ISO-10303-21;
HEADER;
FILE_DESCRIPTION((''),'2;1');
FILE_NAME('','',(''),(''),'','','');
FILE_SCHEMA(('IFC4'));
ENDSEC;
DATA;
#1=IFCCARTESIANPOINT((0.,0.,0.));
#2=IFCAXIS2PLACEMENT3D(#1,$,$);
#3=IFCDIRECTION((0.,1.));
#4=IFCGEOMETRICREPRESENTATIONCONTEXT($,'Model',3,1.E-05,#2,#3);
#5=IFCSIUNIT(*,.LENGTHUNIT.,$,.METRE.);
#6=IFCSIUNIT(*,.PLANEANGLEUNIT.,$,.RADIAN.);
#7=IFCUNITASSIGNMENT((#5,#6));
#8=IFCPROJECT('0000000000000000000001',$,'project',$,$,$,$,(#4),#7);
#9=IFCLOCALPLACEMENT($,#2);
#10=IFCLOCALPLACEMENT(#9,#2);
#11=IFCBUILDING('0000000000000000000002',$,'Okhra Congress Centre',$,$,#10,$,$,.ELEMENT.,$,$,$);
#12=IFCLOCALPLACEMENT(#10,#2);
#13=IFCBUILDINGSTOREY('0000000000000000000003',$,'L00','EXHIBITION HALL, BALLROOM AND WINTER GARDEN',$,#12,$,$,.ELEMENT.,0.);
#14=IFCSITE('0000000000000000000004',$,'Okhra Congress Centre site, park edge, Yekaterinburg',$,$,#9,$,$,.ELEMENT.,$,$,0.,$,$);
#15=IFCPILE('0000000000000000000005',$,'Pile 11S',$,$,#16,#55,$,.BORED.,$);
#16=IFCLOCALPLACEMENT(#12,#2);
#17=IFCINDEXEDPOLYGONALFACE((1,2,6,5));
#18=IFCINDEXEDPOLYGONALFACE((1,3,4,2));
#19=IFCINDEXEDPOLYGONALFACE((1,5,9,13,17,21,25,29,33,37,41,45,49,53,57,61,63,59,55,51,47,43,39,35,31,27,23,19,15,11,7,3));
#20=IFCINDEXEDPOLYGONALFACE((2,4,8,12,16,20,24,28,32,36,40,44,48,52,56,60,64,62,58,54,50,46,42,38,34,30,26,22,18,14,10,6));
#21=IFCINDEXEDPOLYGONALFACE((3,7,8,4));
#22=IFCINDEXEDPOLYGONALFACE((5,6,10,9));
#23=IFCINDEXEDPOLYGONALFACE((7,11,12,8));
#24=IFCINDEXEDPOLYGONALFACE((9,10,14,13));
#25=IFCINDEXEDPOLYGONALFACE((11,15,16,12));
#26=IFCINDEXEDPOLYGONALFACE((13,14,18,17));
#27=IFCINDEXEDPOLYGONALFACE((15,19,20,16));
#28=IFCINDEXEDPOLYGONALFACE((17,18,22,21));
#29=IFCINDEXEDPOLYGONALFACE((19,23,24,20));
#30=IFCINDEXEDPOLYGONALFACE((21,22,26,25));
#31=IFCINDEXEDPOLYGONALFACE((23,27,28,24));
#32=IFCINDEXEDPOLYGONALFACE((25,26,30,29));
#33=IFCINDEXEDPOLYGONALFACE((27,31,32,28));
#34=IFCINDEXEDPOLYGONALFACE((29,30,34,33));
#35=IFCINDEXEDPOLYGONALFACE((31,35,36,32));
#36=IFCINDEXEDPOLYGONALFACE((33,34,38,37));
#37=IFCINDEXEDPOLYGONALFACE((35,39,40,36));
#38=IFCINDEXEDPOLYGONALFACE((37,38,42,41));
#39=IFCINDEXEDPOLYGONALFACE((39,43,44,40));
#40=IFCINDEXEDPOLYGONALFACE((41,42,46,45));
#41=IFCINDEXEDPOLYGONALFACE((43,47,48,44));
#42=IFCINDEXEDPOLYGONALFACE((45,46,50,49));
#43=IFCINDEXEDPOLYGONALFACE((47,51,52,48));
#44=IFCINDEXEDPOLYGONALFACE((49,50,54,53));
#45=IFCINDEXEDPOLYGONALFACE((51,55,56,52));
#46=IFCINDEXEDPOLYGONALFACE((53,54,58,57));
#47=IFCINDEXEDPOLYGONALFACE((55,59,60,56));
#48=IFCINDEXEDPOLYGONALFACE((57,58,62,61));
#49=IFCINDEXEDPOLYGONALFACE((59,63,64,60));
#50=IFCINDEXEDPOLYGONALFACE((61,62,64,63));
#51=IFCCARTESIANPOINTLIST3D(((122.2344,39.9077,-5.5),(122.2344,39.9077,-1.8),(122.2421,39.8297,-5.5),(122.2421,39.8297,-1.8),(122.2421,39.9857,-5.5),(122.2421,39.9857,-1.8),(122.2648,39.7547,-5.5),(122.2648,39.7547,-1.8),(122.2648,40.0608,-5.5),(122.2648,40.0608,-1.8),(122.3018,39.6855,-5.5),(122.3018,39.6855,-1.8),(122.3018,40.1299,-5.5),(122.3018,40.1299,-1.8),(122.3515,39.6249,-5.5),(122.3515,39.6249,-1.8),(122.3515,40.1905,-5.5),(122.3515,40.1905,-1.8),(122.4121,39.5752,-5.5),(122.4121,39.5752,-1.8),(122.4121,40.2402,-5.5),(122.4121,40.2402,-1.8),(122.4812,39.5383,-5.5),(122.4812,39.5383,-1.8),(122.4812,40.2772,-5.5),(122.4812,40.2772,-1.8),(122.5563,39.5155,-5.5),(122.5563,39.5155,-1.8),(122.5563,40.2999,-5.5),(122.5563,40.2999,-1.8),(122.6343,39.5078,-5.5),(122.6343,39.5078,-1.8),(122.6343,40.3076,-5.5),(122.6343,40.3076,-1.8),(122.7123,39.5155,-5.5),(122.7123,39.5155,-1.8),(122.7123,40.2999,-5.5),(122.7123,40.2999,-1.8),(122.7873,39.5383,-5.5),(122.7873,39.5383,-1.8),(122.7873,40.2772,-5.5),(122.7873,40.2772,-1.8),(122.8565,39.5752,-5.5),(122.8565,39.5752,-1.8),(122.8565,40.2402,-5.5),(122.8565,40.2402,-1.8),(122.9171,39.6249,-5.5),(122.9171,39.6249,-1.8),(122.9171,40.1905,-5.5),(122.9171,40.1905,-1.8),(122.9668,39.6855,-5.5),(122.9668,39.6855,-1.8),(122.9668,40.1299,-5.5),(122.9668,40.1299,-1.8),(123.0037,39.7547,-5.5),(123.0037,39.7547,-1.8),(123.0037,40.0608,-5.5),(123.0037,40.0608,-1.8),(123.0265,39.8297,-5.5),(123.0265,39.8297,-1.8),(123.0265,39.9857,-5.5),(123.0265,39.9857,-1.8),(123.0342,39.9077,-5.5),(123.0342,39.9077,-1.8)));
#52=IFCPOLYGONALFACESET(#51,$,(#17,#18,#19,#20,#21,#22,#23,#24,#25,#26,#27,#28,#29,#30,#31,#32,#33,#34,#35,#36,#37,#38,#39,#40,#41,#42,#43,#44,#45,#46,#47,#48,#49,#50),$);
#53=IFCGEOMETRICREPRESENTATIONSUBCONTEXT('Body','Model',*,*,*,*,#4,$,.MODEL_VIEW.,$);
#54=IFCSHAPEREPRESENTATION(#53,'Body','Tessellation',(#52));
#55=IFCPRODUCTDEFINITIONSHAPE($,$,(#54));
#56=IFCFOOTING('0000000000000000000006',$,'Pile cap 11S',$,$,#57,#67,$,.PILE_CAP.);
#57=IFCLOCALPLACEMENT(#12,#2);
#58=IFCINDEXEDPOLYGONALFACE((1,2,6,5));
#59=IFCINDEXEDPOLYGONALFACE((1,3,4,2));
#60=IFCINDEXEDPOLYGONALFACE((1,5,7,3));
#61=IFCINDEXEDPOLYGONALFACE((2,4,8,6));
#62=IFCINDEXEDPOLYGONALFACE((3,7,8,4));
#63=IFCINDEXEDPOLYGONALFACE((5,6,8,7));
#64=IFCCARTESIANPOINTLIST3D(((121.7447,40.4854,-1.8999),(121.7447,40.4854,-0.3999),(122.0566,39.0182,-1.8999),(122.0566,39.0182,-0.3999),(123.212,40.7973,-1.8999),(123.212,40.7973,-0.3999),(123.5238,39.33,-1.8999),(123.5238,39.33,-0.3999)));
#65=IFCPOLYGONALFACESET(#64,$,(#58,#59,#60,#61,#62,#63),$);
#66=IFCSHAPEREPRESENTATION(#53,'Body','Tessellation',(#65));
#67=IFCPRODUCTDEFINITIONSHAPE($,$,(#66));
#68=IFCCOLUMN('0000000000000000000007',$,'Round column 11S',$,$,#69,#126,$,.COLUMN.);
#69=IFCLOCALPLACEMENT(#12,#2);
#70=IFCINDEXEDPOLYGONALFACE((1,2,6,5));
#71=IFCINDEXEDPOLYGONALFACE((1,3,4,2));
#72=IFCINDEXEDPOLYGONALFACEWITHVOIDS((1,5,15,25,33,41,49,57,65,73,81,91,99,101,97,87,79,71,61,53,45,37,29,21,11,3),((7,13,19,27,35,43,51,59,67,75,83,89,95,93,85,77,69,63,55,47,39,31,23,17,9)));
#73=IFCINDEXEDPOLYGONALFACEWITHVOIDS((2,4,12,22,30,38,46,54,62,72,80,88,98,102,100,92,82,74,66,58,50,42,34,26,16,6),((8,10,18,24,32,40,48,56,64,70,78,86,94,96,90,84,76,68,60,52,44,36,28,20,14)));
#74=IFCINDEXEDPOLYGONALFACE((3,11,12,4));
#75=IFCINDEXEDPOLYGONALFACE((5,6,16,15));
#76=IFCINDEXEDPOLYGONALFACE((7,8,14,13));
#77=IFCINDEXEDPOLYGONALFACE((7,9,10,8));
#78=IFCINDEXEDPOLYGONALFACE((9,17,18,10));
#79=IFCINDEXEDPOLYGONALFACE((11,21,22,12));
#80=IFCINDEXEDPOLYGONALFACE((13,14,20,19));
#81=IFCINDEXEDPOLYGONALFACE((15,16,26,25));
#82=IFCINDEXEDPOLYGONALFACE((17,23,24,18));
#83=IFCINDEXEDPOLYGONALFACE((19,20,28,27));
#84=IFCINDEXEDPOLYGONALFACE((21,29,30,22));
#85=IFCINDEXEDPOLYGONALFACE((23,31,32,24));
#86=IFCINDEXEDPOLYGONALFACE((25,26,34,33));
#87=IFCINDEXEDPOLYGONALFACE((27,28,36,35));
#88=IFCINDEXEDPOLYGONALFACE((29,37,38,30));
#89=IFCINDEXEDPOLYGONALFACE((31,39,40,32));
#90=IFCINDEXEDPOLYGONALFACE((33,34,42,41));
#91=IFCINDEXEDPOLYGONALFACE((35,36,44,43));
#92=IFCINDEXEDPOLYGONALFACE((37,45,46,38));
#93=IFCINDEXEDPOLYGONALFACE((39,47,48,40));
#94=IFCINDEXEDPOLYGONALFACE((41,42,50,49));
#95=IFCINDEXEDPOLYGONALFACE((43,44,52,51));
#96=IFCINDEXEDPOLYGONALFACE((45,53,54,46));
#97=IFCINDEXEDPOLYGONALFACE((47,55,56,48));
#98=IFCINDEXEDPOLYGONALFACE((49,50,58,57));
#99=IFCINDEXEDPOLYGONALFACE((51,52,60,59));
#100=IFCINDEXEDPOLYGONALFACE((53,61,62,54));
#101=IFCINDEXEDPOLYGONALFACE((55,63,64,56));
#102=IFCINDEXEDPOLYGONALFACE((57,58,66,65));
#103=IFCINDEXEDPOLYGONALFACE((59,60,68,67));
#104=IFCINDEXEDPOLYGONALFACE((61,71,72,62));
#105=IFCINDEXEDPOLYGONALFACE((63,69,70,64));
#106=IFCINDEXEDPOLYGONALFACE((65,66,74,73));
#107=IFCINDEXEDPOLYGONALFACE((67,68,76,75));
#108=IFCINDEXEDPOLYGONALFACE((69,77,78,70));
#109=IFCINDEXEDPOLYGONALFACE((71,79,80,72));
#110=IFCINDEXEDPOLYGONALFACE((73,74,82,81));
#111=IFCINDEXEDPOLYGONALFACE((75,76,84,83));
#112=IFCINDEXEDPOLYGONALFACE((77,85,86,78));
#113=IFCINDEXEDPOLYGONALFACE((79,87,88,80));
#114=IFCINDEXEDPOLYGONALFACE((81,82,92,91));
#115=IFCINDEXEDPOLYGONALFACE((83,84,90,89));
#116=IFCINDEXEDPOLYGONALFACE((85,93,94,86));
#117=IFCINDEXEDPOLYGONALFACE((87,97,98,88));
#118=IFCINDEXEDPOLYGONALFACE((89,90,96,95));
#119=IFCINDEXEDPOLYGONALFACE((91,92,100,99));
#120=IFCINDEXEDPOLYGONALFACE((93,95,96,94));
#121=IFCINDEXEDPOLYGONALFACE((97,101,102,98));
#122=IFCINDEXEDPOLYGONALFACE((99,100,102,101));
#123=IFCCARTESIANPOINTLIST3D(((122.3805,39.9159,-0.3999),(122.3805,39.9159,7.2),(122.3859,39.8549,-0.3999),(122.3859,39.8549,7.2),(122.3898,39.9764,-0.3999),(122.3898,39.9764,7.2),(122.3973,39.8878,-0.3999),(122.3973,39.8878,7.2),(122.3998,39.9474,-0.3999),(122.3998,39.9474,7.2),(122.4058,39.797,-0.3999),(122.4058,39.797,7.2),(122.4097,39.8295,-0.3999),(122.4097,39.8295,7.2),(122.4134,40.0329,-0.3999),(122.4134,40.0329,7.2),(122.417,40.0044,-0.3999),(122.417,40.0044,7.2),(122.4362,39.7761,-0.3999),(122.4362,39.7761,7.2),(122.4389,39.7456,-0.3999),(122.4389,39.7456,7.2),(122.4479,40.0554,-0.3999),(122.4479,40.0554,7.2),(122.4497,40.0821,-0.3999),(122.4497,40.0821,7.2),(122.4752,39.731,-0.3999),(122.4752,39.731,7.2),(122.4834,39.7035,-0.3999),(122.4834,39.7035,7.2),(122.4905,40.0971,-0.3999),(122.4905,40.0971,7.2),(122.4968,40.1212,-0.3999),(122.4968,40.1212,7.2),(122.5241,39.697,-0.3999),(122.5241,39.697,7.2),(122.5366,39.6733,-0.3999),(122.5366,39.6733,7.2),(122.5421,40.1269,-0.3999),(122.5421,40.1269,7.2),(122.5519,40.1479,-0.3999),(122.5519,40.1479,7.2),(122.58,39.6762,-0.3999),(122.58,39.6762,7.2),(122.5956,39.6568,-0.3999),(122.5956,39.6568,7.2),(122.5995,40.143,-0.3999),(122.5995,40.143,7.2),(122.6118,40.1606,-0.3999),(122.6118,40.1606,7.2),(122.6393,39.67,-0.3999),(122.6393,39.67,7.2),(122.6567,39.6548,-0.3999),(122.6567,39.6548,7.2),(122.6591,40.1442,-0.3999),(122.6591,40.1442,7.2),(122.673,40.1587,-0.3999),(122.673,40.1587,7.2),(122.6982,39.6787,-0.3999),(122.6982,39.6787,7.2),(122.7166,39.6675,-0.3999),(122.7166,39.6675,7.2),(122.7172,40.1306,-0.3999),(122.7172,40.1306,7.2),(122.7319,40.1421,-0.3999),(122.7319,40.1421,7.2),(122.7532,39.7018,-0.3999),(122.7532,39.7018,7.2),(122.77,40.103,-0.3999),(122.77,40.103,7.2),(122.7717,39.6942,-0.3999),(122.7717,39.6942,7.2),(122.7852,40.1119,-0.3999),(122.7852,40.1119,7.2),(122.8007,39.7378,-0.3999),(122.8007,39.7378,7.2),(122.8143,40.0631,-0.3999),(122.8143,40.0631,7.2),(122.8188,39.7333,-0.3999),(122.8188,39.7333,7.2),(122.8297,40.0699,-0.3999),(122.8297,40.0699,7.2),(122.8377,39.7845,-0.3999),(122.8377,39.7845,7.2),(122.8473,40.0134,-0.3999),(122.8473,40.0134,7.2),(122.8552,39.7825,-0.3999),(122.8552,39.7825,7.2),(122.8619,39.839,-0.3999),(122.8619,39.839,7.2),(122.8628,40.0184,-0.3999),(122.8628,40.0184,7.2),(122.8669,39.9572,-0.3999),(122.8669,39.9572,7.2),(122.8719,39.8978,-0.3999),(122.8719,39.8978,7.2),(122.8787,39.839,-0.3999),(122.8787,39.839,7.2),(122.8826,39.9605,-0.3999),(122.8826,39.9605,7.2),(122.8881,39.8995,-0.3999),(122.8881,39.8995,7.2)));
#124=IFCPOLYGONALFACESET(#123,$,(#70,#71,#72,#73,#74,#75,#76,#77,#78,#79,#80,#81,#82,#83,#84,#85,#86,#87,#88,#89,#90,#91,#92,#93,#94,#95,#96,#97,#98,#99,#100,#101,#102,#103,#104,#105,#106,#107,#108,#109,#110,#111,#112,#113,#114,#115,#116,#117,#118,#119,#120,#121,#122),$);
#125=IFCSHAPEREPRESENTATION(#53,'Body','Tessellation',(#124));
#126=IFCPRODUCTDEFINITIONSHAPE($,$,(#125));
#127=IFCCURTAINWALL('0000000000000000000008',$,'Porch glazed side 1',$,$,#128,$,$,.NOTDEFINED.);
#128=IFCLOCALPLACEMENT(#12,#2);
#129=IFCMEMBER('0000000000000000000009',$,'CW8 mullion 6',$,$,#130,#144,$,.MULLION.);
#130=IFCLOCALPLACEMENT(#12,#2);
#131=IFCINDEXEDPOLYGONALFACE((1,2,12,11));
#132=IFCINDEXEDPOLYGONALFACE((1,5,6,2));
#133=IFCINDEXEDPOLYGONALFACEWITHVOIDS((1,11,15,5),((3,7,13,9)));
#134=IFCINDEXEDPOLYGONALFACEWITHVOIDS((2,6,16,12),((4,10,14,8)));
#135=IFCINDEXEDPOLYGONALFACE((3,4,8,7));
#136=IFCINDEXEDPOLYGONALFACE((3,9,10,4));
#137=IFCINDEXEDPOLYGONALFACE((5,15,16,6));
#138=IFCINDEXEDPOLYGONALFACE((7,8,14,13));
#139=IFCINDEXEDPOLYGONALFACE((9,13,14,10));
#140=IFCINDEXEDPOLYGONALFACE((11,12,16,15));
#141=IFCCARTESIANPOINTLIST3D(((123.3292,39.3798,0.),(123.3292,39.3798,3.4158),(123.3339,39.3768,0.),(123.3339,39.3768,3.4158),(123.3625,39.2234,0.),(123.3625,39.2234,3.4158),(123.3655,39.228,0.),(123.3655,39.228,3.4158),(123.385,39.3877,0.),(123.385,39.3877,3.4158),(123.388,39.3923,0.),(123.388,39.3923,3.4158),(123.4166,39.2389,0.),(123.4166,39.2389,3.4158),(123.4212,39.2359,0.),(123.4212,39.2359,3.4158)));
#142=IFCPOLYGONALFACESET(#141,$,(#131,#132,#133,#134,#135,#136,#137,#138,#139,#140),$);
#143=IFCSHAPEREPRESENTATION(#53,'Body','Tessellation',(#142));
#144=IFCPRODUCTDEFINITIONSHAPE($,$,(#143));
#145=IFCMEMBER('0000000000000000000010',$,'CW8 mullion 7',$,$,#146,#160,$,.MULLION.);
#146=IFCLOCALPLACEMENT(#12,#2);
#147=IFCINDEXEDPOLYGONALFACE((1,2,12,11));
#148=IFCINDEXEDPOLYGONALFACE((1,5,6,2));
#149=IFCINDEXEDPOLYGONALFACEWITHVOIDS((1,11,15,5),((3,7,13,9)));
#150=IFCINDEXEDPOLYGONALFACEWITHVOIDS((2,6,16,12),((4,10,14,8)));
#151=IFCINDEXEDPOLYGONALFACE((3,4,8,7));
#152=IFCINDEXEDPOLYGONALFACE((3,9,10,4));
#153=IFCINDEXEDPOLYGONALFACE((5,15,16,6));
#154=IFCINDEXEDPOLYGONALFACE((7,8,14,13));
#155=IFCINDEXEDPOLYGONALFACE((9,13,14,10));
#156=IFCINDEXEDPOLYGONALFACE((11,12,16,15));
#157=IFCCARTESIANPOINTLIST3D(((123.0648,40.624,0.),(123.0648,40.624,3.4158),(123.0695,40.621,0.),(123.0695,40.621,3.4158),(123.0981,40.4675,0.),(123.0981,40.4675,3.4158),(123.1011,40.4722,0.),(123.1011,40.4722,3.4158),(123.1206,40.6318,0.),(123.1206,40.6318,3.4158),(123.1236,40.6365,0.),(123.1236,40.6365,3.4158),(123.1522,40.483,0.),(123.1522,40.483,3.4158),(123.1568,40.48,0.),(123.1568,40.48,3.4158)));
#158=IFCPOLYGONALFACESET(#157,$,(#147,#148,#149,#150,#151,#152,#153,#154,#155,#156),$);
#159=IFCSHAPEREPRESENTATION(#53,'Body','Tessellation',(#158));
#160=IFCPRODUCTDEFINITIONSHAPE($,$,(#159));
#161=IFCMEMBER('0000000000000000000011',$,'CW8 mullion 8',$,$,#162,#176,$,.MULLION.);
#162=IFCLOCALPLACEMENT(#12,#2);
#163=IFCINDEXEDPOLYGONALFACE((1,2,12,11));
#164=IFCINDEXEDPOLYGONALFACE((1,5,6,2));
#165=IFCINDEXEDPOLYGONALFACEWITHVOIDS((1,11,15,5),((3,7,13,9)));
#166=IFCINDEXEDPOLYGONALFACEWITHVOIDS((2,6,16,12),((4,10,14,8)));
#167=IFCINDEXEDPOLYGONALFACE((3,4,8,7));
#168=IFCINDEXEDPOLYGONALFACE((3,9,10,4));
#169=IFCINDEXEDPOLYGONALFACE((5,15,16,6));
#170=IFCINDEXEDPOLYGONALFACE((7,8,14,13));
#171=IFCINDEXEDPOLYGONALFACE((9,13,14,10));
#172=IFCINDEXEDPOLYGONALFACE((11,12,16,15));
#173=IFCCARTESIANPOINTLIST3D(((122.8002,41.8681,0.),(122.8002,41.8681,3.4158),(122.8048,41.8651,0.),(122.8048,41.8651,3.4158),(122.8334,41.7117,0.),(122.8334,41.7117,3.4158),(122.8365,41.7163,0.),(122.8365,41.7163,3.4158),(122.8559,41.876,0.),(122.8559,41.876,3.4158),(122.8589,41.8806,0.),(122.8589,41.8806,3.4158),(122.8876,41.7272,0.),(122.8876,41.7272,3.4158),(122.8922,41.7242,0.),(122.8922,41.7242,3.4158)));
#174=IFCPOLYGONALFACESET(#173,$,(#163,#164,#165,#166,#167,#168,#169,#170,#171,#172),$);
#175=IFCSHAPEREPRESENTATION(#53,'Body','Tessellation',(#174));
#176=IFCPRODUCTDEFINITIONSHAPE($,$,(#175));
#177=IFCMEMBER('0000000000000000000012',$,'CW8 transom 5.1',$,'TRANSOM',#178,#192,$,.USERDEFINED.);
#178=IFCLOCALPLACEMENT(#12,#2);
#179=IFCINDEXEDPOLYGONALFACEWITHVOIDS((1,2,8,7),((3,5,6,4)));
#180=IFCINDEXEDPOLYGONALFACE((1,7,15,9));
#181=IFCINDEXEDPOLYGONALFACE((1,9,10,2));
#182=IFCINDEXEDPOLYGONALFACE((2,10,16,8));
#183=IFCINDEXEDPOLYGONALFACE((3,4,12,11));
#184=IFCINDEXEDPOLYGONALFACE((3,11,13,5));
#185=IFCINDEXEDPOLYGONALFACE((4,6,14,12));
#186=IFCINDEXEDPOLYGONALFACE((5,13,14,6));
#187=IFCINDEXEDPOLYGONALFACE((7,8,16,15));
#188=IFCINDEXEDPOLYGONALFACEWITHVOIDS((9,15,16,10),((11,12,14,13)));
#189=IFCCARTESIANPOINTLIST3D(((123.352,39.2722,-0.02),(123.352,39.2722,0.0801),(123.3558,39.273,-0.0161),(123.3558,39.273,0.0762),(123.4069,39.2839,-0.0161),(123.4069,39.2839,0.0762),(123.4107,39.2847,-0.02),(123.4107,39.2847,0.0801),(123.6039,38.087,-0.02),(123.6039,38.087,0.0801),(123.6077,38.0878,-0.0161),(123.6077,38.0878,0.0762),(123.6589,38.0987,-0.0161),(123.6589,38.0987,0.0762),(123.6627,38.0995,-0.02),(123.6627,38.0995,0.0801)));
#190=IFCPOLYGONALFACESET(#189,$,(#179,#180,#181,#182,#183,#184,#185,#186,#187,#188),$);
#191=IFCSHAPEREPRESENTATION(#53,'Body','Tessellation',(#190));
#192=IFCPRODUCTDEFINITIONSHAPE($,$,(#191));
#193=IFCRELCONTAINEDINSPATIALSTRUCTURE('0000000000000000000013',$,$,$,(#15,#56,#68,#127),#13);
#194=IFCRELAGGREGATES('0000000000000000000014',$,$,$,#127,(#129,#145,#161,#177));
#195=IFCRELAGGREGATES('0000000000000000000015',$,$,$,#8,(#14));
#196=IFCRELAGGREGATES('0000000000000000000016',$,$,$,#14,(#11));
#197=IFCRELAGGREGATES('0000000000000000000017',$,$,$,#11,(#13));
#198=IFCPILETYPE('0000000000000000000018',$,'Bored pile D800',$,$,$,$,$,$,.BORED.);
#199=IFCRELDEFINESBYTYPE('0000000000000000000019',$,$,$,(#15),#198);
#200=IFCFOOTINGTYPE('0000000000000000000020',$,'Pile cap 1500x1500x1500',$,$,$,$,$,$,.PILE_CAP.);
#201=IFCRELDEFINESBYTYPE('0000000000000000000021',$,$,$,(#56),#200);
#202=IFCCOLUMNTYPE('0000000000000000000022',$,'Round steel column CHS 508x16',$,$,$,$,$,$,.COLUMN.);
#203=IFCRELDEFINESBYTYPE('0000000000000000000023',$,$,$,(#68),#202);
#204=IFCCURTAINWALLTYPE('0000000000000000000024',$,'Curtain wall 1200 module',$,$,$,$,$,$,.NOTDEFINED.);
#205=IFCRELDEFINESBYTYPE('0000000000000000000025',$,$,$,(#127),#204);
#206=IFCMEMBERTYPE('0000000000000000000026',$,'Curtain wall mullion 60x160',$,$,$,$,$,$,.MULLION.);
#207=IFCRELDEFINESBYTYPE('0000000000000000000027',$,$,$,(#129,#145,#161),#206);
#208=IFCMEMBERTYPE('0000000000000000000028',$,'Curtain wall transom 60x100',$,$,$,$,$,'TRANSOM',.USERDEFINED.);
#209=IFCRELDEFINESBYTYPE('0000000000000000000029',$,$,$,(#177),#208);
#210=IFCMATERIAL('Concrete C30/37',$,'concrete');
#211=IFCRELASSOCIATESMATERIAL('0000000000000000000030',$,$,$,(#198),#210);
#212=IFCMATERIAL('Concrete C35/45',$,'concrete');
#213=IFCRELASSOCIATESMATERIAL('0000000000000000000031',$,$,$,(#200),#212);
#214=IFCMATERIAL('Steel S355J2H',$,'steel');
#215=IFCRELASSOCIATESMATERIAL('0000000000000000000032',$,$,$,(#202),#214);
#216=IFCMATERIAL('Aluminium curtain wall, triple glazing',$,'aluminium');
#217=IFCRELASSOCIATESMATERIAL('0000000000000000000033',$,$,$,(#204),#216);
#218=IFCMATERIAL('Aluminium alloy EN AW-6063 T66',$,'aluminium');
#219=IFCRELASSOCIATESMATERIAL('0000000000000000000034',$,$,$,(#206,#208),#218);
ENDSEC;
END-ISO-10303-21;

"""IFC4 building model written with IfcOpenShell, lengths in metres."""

from ifc_helpers import new_model, si_unit, direction, frame, origin, origin_2d, place, context, subcontext, project, spatial, rectangle, hollow_rectangle, circle, hollow_circle, extrude, material, material_profile, profile_set, type_object, element, aggregate, save


model = new_model("IFC4")

# Units and contexts
model_context = context("Model", 3, precision=1e-05, world=origin(), true_north=direction((0.0, 1.0)))
body_context = subcontext(model_context, "Body", "Model", "MODEL_VIEW")
ifc_project = project(units=[si_unit("LENGTHUNIT", "METRE"), si_unit("PLANEANGLEUNIT", "RADIAN")], contexts=[model_context])

# Site, building, storey
site_placement = place(None, origin())
site = spatial("IfcSite", under=ifc_project, at=site_placement, Name="Okhra Congress Centre site, park edge, Yekaterinburg", CompositionType="ELEMENT", RefElevation=0.0)
building_placement = place(site_placement, origin())
building = spatial("IfcBuilding", under=site, at=building_placement, Name="Okhra Congress Centre", CompositionType="ELEMENT")
storey_placement = place(building_placement, origin())
storey = spatial("IfcBuildingStorey", under=building, at=storey_placement, Name="L00", Description="EXHIBITION HALL, BALLROOM AND WINTER GARDEN", CompositionType="ELEMENT", Elevation=0.0)

# Pile
ifc_material_1 = material(Name="Concrete C30/37", Category="concrete")
ifc_material_profile_1 = material_profile(ifc_material_1, circle(Radius=0.3999, at=origin_2d()), Name="D800")
ifc_profile_set_1 = profile_set([ifc_material_profile_1], Name="Concrete C30/37")
pile_type = type_object("IfcPileType", Name="Bored pile D800", PredefinedType="BORED", material=ifc_profile_set_1)
pile_placement = place(storey_placement, frame((122.6343, 39.9077, -1.8), z_axis=(0.0, 0.0, -1.0), x_axis=(1.0, 0.0, 0.0)))
element("IfcPile", 1, at=pile_placement, inside=storey, type_object=pile_type, Name="Pile 11S", PredefinedType="BORED", context=body_context, shape_type="SweptSolid", body=[
    extrude(circle(Radius=0.3999, at=origin_2d()), origin(), (0.0, 0.0, 1.0), 3.7),
])

# Footing
ifc_material_2 = material(Name="Concrete C35/45", Category="concrete")
footing_type = type_object("IfcFootingType", Name="Pile cap 1500x1500x1500", PredefinedType="PILE_CAP", material=ifc_material_2)
footing_placement = place(storey_placement, frame((122.6343, 39.9077, -1.8999), z_axis=(0.0, 0.0, 1.0), x_axis=(0.978148, 0.207912, 0.0)))
element("IfcFooting", 2, at=footing_placement, inside=storey, type_object=footing_type, Name="Pile cap 11S", PredefinedType="PILE_CAP", context=body_context, shape_type="SweptSolid", body=[
    extrude(rectangle(XDim=1.5, YDim=1.5, at=origin_2d()), origin(), (0.0, 0.0, 1.0), 1.5),
])

# Column
ifc_material_3 = material(Name="Steel S355J2H", Category="steel")
ifc_material_profile_2 = material_profile(ifc_material_3, hollow_circle(Radius=0.2539, WallThickness=0.0161, at=origin_2d()), Name="CHS 508x16")
ifc_profile_set_2 = profile_set([ifc_material_profile_2], Name="Steel S355J2H")
column_type = type_object("IfcColumnType", Name="Round steel column CHS 508x16", PredefinedType="COLUMN", material=ifc_profile_set_2)
column_placement = place(storey_placement, frame((122.6343, 39.9077, -0.3999), z_axis=(0.0, 0.0, 1.0), x_axis=(0.978148, 0.207912, 0.0)))
element("IfcColumn", 3, at=column_placement, inside=storey, type_object=column_type, Name="Round column 11S", PredefinedType="COLUMN", context=body_context, shape_type="SweptSolid", body=[
    extrude(hollow_circle(Radius=0.2539, WallThickness=0.0161, at=origin_2d()), origin(), (0.0, 0.0, 1.0), 7.5999),
])

# Curtain wall, members
ifc_material_4 = material(Name="Aluminium curtain wall, triple glazing", Category="aluminium")
curtain_wall_type = type_object("IfcCurtainWallType", Name="Curtain wall 1200 module", PredefinedType="NOTDEFINED", material=ifc_material_4)
curtain_wall_placement = place(storey_placement, origin())
curtain_wall = element("IfcCurtainWall", 4, at=curtain_wall_placement, inside=storey, type_object=curtain_wall_type, Name="Porch glazed side 1", PredefinedType="NOTDEFINED")
ifc_material_5 = material(Name="Aluminium alloy EN AW-6063 T66", Category="aluminium")
ifc_material_profile_3 = material_profile(ifc_material_5, hollow_rectangle(XDim=0.0601, YDim=0.1599, WallThickness=0.0039, at=origin_2d()), Name="RHS 60x160x4")
ifc_profile_set_3 = profile_set([ifc_material_profile_3], Name="Aluminium alloy EN AW-6063 T66")
member_type_1 = type_object("IfcMemberType", Name="Curtain wall mullion 60x160", PredefinedType="MULLION", material=ifc_profile_set_3)
member_1_placement = place(storey_placement, frame((123.3752, 39.3079, 0.0), z_axis=(0.0, 0.0, 1.0), x_axis=(-0.978148, -0.207912, 0.0)))
member_1 = element("IfcMember", 5, at=member_1_placement, type_object=member_type_1, Name="CW8 mullion 6", PredefinedType="MULLION", context=body_context, shape_type="SweptSolid", body=[
    extrude(hollow_rectangle(XDim=0.0601, YDim=0.1599, WallThickness=0.0039, at=origin_2d()), origin(), (0.0, 0.0, 1.0), 3.4158),
])
member_2_placement = place(storey_placement, frame((123.1108, 40.552, 0.0), z_axis=(0.0, 0.0, 1.0), x_axis=(-0.978148, -0.207912, 0.0)))
member_2 = element("IfcMember", 6, at=member_2_placement, type_object=member_type_1, Name="CW8 mullion 7", PredefinedType="MULLION", context=body_context, shape_type="SweptSolid", body=[
    extrude(hollow_rectangle(XDim=0.0601, YDim=0.1599, WallThickness=0.0039, at=origin_2d()), origin(), (0.0, 0.0, 1.0), 3.4158),
])
member_3_placement = place(storey_placement, frame((122.8462, 41.7961, 0.0), z_axis=(0.0, 0.0, 1.0), x_axis=(-0.978148, -0.207912, 0.0)))
member_3 = element("IfcMember", 7, at=member_3_placement, type_object=member_type_1, Name="CW8 mullion 8", PredefinedType="MULLION", context=body_context, shape_type="SweptSolid", body=[
    extrude(hollow_rectangle(XDim=0.0601, YDim=0.1599, WallThickness=0.0039, at=origin_2d()), origin(), (0.0, 0.0, 1.0), 3.4158),
])
ifc_material_profile_4 = material_profile(ifc_material_5, hollow_rectangle(XDim=0.0601, YDim=0.1001, WallThickness=0.0039, at=origin_2d()), Name="RHS 60x100x4")
ifc_profile_set_4 = profile_set([ifc_material_profile_4], Name="Aluminium alloy EN AW-6063 T66")
member_type_2 = type_object("IfcMemberType", Name="Curtain wall transom 60x100", ElementType="TRANSOM", PredefinedType="USERDEFINED", material=ifc_profile_set_4)
member_4_placement = place(storey_placement, frame((123.6333, 38.0933, 0.03), z_axis=(-0.207919, 0.978146, 0.0), x_axis=(-0.978146, -0.207919, 0.0)))
member_4 = element("IfcMember", 8, at=member_4_placement, type_object=member_type_2, Name="CW8 transom 5.1", ObjectType="TRANSOM", PredefinedType="USERDEFINED", context=body_context, shape_type="SweptSolid", body=[
    extrude(hollow_rectangle(XDim=0.0601, YDim=0.1001, WallThickness=0.0039, at=origin_2d()), origin(), (0.0, 0.0, 1.0), 1.2117),
])

aggregate(curtain_wall, [member_1, member_2, member_3, member_4])

save(model, "model.ifc")
